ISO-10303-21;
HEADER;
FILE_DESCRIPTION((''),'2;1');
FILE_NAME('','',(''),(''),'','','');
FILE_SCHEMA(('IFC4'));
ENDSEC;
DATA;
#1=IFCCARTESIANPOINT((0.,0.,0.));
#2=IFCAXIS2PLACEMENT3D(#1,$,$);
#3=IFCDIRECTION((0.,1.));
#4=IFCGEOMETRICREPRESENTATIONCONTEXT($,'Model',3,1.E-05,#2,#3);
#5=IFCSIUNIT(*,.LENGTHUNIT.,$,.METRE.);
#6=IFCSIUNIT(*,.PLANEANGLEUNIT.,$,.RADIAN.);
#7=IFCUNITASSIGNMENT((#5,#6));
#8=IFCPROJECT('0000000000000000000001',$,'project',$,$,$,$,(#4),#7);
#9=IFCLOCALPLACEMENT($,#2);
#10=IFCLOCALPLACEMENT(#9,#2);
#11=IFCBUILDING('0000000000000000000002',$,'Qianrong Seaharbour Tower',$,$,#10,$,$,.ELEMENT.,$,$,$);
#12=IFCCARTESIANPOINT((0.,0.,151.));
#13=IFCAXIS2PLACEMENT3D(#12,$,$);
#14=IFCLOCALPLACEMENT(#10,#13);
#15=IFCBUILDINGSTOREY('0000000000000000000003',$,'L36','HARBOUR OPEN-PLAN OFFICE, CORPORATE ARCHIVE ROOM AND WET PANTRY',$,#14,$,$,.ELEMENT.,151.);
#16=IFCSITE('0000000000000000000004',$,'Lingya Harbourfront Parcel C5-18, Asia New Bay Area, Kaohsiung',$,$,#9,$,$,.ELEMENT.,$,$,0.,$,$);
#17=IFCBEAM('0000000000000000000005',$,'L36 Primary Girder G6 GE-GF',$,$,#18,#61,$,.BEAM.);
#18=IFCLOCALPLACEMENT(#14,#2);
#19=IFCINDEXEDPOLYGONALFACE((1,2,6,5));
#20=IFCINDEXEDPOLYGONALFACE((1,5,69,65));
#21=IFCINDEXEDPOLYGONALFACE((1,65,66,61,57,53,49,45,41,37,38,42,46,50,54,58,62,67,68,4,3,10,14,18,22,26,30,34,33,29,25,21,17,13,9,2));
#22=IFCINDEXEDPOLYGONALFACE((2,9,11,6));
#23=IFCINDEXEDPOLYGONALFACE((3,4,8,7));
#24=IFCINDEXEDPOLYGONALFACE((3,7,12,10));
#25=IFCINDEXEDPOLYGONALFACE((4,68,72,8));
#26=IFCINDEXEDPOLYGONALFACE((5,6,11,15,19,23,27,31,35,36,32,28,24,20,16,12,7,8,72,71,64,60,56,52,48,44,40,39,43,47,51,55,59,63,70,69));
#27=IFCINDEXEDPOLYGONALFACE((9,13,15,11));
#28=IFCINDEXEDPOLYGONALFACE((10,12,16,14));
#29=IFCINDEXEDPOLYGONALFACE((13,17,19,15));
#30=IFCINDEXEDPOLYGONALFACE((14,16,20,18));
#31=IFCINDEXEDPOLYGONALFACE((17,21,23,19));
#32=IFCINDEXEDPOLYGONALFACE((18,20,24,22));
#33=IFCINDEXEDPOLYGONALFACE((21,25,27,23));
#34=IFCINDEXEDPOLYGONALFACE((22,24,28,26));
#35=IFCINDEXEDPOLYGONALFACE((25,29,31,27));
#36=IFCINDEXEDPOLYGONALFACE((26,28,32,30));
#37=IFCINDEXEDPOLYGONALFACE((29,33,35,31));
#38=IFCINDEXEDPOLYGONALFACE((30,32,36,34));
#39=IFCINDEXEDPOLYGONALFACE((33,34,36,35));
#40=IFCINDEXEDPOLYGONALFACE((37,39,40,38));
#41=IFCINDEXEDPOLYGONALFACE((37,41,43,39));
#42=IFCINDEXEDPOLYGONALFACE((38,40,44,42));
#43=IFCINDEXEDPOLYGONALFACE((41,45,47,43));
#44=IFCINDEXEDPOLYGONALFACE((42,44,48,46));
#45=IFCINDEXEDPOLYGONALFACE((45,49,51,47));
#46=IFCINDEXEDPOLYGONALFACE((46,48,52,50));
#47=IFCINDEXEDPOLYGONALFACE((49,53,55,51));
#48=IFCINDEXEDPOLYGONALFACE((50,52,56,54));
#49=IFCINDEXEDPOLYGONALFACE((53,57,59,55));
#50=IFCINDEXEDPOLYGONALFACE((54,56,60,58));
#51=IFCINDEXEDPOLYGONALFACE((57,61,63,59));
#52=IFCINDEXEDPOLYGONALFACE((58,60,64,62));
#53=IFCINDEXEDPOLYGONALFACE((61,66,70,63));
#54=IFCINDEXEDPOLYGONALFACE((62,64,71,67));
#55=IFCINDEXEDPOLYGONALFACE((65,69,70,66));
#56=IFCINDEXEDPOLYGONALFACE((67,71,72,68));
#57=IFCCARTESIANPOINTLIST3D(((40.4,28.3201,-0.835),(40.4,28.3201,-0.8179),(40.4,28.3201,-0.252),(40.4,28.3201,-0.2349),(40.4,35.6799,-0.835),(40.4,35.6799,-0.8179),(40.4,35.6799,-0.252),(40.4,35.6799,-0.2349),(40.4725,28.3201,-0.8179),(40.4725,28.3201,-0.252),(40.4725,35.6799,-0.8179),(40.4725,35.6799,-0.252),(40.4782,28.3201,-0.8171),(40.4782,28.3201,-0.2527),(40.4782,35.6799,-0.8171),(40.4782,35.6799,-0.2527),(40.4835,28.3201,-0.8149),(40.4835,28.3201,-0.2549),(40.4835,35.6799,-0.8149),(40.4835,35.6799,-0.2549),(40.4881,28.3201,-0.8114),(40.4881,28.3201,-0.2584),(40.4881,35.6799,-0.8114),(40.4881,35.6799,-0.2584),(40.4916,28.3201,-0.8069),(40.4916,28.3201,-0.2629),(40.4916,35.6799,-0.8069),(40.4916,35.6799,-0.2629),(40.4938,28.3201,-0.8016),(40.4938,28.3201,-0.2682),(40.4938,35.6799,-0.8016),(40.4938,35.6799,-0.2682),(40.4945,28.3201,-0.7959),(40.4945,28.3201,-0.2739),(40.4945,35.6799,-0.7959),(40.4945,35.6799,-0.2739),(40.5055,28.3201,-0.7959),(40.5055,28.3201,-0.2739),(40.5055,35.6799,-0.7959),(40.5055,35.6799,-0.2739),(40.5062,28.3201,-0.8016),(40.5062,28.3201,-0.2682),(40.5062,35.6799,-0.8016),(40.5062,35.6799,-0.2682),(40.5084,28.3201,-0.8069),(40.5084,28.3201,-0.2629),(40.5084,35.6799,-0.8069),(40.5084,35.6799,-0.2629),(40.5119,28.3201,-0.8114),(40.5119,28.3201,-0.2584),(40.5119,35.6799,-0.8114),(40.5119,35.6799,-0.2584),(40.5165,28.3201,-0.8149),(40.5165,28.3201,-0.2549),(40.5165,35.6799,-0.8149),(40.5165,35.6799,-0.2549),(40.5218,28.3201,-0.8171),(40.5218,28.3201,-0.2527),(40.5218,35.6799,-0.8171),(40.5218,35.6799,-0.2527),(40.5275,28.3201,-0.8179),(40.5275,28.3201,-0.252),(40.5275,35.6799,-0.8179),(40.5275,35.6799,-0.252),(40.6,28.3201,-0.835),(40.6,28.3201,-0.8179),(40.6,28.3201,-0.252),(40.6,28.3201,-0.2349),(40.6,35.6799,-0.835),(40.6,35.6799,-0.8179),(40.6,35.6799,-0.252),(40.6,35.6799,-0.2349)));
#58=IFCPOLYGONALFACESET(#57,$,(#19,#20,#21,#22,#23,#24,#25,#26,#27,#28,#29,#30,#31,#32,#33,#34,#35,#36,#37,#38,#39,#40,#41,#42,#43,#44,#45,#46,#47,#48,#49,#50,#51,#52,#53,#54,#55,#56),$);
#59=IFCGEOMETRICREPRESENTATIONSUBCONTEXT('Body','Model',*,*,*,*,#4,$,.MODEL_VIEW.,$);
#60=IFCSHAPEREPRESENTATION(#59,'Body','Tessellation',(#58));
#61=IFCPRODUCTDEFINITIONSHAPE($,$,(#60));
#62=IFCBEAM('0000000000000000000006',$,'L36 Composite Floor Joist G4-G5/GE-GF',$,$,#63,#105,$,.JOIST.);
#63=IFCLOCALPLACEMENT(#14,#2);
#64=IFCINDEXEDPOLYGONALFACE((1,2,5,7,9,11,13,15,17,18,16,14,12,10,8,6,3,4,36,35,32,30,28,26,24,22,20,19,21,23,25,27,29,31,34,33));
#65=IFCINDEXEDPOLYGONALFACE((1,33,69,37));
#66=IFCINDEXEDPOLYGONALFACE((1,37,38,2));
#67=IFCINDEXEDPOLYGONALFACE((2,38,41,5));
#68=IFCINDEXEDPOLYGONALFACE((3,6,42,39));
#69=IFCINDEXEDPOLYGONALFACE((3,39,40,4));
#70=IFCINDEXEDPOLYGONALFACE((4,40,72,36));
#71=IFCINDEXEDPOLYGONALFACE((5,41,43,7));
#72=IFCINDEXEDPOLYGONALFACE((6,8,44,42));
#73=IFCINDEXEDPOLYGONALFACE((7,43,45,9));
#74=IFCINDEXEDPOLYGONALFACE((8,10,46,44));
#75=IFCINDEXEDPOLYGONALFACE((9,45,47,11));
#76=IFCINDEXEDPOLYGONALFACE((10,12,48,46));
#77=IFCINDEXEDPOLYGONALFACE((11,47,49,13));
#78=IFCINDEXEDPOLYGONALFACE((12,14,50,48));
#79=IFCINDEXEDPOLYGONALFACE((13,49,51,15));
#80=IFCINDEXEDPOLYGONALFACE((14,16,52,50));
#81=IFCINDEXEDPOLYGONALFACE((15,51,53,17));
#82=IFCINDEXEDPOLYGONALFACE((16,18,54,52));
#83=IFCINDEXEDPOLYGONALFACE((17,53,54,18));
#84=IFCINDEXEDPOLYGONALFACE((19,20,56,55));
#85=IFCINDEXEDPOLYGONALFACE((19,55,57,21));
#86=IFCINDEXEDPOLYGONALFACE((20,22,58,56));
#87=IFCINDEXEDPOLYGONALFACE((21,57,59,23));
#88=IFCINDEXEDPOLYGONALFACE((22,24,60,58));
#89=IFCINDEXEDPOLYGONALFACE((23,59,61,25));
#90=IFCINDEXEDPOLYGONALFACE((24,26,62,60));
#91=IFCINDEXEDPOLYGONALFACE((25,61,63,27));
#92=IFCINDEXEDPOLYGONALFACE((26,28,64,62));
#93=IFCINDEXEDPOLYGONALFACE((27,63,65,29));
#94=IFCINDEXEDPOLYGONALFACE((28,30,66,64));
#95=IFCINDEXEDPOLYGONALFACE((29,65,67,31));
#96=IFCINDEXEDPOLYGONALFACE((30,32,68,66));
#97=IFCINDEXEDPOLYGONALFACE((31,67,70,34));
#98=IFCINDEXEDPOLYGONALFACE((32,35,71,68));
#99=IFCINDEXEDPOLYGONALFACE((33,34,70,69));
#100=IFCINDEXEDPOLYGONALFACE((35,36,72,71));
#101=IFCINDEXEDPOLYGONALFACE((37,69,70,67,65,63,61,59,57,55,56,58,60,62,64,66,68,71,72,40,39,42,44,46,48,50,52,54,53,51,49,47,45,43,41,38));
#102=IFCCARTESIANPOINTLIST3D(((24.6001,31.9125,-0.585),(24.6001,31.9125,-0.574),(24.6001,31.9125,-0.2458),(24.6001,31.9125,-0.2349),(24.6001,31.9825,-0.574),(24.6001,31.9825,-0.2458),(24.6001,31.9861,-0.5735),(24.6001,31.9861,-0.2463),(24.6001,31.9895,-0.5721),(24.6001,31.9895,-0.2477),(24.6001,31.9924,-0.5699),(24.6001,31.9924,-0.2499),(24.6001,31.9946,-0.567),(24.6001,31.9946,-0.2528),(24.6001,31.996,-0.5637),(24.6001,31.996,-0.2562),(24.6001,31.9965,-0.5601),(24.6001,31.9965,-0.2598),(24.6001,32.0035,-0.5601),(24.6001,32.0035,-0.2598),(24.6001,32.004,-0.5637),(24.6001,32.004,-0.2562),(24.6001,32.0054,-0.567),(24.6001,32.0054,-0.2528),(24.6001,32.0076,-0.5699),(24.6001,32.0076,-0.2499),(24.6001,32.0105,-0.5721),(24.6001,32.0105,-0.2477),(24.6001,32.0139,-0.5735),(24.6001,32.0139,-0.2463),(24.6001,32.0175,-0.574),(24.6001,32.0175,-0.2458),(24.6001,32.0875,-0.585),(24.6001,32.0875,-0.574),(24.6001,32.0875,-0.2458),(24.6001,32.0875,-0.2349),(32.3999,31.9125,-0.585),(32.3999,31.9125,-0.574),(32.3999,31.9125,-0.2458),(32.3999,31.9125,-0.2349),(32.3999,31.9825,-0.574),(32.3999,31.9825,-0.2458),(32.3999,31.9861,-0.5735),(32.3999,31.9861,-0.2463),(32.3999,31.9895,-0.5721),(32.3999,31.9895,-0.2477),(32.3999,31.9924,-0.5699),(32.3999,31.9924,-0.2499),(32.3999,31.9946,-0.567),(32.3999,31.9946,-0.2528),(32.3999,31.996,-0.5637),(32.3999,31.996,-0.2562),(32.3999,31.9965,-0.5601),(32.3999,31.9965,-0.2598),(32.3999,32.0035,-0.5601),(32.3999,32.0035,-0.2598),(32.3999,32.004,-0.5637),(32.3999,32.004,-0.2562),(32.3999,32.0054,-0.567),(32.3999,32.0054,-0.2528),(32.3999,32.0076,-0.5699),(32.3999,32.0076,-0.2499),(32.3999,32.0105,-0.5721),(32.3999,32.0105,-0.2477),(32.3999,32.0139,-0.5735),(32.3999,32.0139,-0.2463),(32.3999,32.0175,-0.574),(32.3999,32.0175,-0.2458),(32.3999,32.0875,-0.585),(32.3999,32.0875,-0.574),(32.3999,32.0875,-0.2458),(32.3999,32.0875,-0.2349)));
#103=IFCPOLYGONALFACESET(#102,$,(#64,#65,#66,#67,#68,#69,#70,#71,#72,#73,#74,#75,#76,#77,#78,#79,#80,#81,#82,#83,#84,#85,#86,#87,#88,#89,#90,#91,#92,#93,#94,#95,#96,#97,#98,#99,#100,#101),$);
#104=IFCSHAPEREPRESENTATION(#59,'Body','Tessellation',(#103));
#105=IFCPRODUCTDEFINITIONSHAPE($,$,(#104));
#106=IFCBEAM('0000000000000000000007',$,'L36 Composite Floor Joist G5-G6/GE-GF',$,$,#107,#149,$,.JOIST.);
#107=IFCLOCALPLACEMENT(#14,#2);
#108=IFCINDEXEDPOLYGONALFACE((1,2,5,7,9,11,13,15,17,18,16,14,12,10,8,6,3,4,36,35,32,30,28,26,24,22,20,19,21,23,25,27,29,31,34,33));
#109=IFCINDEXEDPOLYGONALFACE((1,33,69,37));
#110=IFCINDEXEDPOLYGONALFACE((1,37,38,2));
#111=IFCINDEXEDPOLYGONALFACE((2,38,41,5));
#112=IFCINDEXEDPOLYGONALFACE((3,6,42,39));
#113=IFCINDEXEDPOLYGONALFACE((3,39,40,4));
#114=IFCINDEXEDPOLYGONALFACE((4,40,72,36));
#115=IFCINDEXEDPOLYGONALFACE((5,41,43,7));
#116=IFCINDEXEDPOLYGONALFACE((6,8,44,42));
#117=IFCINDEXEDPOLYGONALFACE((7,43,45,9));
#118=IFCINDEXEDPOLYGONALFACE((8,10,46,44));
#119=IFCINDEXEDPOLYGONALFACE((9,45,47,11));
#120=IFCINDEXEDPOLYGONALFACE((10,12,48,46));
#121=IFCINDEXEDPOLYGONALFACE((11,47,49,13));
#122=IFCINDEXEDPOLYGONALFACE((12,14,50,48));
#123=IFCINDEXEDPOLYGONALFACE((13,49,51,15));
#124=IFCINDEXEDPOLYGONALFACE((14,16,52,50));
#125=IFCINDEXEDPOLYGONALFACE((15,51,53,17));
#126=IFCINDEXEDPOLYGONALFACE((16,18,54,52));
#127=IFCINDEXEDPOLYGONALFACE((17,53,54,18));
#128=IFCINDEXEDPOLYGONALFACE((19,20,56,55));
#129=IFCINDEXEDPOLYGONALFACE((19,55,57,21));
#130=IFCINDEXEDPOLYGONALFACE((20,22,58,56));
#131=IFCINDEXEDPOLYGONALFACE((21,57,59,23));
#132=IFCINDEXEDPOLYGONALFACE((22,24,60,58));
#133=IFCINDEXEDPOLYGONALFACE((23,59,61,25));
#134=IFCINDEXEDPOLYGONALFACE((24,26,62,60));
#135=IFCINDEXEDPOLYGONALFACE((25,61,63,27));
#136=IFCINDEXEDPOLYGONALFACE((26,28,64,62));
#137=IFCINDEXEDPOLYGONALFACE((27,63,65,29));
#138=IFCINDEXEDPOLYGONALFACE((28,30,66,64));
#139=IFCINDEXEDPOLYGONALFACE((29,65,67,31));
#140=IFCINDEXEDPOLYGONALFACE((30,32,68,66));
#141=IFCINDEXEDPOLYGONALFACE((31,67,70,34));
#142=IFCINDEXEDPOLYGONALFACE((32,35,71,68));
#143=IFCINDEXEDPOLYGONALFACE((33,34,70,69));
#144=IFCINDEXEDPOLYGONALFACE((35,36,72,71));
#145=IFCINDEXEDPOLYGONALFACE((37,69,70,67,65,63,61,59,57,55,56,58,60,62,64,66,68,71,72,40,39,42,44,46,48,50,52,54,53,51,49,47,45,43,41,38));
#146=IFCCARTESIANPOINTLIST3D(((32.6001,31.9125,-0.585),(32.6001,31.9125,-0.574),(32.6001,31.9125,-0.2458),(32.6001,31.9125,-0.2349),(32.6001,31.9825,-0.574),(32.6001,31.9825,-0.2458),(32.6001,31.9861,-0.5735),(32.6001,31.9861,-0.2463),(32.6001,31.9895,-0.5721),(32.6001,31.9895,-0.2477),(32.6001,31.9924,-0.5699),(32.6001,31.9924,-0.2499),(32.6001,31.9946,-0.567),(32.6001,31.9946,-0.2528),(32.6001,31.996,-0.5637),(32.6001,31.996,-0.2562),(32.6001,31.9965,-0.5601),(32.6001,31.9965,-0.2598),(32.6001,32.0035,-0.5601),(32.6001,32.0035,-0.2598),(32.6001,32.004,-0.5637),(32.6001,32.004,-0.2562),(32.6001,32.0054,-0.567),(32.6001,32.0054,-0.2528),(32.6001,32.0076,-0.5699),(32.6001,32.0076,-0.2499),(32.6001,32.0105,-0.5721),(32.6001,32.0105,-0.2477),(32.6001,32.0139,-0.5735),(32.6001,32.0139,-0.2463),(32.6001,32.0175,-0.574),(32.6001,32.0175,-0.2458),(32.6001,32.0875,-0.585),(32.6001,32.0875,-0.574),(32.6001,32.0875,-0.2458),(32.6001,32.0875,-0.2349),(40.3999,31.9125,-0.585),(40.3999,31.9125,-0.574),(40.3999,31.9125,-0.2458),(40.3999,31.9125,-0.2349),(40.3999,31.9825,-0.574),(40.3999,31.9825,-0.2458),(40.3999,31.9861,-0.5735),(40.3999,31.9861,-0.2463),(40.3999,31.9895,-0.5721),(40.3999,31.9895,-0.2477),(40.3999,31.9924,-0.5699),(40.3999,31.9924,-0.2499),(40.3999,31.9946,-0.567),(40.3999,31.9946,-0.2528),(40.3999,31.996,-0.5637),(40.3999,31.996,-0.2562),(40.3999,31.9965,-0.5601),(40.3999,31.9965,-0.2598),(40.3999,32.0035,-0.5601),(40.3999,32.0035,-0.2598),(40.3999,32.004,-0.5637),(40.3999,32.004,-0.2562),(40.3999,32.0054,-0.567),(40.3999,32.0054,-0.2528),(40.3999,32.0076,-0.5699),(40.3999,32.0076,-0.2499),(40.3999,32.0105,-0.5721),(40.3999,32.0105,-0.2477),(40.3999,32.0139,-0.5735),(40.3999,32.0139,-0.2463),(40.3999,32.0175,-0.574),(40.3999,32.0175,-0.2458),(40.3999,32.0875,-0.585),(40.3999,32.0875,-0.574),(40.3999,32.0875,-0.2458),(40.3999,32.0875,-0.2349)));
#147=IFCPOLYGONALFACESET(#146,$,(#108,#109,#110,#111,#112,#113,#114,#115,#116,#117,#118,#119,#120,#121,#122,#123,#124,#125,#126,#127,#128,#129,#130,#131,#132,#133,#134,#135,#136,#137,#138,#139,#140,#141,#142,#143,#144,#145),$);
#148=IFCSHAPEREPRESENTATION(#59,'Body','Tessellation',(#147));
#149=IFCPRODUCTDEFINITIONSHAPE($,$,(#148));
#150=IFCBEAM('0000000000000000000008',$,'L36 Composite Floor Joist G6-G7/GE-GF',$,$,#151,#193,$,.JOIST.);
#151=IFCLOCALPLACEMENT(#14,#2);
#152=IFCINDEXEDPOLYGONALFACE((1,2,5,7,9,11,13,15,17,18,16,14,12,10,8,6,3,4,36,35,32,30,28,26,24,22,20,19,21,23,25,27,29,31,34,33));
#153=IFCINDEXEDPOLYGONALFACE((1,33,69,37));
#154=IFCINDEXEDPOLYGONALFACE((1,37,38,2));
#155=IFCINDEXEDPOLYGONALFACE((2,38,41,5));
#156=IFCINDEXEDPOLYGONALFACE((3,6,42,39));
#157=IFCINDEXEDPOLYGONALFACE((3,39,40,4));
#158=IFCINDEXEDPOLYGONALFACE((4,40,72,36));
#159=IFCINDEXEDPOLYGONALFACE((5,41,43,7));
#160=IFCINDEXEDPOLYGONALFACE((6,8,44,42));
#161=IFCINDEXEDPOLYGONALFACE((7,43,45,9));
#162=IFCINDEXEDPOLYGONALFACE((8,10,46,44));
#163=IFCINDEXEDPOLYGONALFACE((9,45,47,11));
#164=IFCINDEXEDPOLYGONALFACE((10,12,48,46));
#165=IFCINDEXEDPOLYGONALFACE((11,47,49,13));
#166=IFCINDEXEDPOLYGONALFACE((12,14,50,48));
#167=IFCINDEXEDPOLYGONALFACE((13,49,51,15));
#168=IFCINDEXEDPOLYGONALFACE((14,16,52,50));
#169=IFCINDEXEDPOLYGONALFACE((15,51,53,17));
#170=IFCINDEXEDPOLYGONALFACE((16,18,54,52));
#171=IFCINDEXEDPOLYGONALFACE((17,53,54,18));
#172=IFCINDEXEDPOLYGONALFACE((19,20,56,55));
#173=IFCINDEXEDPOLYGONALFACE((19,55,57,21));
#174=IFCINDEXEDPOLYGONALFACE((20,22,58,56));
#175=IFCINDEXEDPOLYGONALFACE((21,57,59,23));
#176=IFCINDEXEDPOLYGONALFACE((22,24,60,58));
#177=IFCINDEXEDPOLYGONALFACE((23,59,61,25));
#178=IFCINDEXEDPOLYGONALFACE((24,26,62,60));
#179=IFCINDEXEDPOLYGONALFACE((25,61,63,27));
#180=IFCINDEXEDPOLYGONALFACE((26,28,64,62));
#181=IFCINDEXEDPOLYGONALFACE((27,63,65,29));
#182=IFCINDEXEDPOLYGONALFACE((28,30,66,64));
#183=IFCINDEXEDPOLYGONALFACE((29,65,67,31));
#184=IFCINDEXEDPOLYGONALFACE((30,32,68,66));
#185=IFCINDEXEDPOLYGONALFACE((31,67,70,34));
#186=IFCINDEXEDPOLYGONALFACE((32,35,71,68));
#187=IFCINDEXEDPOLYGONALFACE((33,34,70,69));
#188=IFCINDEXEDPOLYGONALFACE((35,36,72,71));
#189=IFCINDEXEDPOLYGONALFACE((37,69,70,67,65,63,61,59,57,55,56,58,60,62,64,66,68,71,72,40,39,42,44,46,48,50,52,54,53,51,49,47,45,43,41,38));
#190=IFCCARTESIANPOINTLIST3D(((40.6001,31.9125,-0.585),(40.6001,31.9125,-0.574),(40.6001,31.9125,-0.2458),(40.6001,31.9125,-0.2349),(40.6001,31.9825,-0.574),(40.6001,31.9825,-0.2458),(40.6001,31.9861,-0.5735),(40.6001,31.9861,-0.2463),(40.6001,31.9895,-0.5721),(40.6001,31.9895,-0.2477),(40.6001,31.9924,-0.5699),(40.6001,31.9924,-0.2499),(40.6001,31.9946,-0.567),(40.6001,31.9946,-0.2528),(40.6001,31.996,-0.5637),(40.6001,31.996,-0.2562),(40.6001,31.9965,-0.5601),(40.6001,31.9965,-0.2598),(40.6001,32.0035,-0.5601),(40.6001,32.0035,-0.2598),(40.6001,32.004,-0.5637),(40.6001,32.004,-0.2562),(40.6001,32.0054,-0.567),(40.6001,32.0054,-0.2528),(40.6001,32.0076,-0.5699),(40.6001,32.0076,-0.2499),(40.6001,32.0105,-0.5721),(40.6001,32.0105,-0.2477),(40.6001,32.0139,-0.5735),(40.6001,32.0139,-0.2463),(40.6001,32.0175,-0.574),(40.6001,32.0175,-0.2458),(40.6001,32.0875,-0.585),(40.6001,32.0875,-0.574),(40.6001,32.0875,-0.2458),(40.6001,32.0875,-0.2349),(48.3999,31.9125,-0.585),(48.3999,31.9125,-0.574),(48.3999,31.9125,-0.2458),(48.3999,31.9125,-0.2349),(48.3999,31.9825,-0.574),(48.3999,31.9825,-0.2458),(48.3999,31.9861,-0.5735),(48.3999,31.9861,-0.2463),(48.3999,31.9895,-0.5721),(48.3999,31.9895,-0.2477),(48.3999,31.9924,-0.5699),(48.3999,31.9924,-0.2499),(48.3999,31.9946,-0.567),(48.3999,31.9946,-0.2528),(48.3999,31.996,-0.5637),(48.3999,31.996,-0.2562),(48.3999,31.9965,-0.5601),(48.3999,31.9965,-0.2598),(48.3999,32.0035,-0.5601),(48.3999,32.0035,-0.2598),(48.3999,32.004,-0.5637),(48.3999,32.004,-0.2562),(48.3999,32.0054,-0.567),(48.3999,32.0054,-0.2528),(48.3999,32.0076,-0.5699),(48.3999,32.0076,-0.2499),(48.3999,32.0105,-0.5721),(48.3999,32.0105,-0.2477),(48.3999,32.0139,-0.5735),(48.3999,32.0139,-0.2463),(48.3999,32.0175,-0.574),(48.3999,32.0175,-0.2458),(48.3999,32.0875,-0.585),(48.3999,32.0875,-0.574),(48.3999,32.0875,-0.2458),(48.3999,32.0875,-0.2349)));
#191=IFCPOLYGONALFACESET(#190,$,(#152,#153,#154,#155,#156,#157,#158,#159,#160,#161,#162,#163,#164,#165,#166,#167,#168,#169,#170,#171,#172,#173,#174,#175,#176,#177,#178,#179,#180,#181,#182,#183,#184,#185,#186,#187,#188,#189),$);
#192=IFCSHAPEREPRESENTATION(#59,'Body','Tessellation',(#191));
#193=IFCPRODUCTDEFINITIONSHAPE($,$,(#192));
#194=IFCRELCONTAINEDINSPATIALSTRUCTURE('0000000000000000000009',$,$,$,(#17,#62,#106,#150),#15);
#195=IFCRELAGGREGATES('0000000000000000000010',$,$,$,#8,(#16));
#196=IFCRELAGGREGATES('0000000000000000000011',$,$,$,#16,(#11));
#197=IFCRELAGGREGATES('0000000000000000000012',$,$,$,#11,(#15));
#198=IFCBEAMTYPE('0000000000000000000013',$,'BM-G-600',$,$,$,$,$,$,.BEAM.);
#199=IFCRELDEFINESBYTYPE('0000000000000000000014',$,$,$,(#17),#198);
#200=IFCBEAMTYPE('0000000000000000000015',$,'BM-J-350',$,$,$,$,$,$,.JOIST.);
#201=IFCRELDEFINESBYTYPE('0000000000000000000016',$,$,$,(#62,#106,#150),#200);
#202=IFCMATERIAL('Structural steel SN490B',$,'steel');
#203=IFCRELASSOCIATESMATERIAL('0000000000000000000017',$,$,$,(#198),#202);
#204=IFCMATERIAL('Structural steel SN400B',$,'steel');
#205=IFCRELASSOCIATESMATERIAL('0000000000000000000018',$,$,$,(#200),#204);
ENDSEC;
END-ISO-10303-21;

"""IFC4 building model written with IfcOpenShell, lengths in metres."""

from ifc_helpers import new_model, si_unit, direction, frame, origin, origin_2d, place, context, subcontext, project, spatial, i_section, extrude, material, material_profile, profile_set, type_object, element, save


model = new_model("IFC4")

# Units and contexts
model_context = context("Model", 3, precision=1e-05, world=origin(), true_north=direction((0.0, 1.0)))
body_context = subcontext(model_context, "Body", "Model", "MODEL_VIEW")
ifc_project = project(units=[si_unit("LENGTHUNIT", "METRE"), si_unit("PLANEANGLEUNIT", "RADIAN")], contexts=[model_context])

# Site, building, storey
site_placement = place(None, origin())
site = spatial("IfcSite", under=ifc_project, at=site_placement, Name="Lingya Harbourfront Parcel C5-18, Asia New Bay Area, Kaohsiung", CompositionType="ELEMENT", RefElevation=0.0)
building_placement = place(site_placement, origin())
building = spatial("IfcBuilding", under=site, at=building_placement, Name="Qianrong Seaharbour Tower", CompositionType="ELEMENT")
storey_placement = place(building_placement, frame((0.0, 0.0, 151.0)))
storey = spatial("IfcBuildingStorey", under=building, at=storey_placement, Name="L36", Description="HARBOUR OPEN-PLAN OFFICE, CORPORATE ARCHIVE ROOM AND WET PANTRY", CompositionType="ELEMENT", Elevation=151.0)

# Shared definitions
ifc_material_1 = material(Name="Structural steel SN490B", Category="steel")

# Beams
ifc_material_profile_1 = material_profile(ifc_material_1, i_section(OverallWidth=0.2, OverallDepth=0.6001, WebThickness=0.011, FlangeThickness=0.0171, FilletRadius=0.022, at=origin_2d()), Name="H600x200x11x17")
ifc_profile_set_1 = profile_set([ifc_material_profile_1], Name="Structural steel SN490B")
beam_type_1 = type_object("IfcBeamType", Name="BM-G-600", PredefinedType="BEAM", material=ifc_profile_set_1)
for number, where, z_axis, x_axis, name in (
    (1, (40.5, 28.3201, -0.5349), (0.0, 1.0, 0.0), (-1.0, 0.0, 0.0), "L36 Primary Girder G6 GE-GF"),
):
    element("IfcBeam", number, at=place(storey_placement, frame(where, z_axis=z_axis, x_axis=x_axis)), inside=storey, type_object=beam_type_1, Name=name, PredefinedType="BEAM", context=body_context, shape_type="SweptSolid", body=[
        extrude(i_section(OverallWidth=0.2, OverallDepth=0.6001, WebThickness=0.011, FlangeThickness=0.0171, FilletRadius=0.022, at=origin_2d()), origin(), (0.0, 0.0, 1.0), 7.3599),
    ])
ifc_material_2 = material(Name="Structural steel SN400B", Category="steel")
ifc_material_profile_2 = material_profile(ifc_material_2, i_section(OverallWidth=0.175, OverallDepth=0.3501, WebThickness=0.0071, FlangeThickness=0.011, FilletRadius=0.0139, at=origin_2d()), Name="H350x175x7x11")
ifc_profile_set_2 = profile_set([ifc_material_profile_2], Name="Structural steel SN400B")
beam_type_2 = type_object("IfcBeamType", Name="BM-J-350", PredefinedType="JOIST", material=ifc_profile_set_2)
for number, where, z_axis, x_axis, name in (
    (2, (24.6001, 32.0, -0.4099), (1.0, 0.0, 0.0), (0.0, 1.0, 0.0), "L36 Composite Floor Joist G4-G5/GE-GF"),
    (3, (32.6001, 32.0, -0.4099), (1.0, 0.0, 0.0), (0.0, 1.0, 0.0), "L36 Composite Floor Joist G5-G6/GE-GF"),
    (4, (40.6001, 32.0, -0.4099), (1.0, 0.0, 0.0), (0.0, 1.0, 0.0), "L36 Composite Floor Joist G6-G7/GE-GF"),
):
    element("IfcBeam", number, at=place(storey_placement, frame(where, z_axis=z_axis, x_axis=x_axis)), inside=storey, type_object=beam_type_2, Name=name, PredefinedType="JOIST", context=body_context, shape_type="SweptSolid", body=[
        extrude(i_section(OverallWidth=0.175, OverallDepth=0.3501, WebThickness=0.0071, FlangeThickness=0.011, FilletRadius=0.0139, at=origin_2d()), origin(), (0.0, 0.0, 1.0), 7.7998),
    ])

save(model, "model.ifc")
